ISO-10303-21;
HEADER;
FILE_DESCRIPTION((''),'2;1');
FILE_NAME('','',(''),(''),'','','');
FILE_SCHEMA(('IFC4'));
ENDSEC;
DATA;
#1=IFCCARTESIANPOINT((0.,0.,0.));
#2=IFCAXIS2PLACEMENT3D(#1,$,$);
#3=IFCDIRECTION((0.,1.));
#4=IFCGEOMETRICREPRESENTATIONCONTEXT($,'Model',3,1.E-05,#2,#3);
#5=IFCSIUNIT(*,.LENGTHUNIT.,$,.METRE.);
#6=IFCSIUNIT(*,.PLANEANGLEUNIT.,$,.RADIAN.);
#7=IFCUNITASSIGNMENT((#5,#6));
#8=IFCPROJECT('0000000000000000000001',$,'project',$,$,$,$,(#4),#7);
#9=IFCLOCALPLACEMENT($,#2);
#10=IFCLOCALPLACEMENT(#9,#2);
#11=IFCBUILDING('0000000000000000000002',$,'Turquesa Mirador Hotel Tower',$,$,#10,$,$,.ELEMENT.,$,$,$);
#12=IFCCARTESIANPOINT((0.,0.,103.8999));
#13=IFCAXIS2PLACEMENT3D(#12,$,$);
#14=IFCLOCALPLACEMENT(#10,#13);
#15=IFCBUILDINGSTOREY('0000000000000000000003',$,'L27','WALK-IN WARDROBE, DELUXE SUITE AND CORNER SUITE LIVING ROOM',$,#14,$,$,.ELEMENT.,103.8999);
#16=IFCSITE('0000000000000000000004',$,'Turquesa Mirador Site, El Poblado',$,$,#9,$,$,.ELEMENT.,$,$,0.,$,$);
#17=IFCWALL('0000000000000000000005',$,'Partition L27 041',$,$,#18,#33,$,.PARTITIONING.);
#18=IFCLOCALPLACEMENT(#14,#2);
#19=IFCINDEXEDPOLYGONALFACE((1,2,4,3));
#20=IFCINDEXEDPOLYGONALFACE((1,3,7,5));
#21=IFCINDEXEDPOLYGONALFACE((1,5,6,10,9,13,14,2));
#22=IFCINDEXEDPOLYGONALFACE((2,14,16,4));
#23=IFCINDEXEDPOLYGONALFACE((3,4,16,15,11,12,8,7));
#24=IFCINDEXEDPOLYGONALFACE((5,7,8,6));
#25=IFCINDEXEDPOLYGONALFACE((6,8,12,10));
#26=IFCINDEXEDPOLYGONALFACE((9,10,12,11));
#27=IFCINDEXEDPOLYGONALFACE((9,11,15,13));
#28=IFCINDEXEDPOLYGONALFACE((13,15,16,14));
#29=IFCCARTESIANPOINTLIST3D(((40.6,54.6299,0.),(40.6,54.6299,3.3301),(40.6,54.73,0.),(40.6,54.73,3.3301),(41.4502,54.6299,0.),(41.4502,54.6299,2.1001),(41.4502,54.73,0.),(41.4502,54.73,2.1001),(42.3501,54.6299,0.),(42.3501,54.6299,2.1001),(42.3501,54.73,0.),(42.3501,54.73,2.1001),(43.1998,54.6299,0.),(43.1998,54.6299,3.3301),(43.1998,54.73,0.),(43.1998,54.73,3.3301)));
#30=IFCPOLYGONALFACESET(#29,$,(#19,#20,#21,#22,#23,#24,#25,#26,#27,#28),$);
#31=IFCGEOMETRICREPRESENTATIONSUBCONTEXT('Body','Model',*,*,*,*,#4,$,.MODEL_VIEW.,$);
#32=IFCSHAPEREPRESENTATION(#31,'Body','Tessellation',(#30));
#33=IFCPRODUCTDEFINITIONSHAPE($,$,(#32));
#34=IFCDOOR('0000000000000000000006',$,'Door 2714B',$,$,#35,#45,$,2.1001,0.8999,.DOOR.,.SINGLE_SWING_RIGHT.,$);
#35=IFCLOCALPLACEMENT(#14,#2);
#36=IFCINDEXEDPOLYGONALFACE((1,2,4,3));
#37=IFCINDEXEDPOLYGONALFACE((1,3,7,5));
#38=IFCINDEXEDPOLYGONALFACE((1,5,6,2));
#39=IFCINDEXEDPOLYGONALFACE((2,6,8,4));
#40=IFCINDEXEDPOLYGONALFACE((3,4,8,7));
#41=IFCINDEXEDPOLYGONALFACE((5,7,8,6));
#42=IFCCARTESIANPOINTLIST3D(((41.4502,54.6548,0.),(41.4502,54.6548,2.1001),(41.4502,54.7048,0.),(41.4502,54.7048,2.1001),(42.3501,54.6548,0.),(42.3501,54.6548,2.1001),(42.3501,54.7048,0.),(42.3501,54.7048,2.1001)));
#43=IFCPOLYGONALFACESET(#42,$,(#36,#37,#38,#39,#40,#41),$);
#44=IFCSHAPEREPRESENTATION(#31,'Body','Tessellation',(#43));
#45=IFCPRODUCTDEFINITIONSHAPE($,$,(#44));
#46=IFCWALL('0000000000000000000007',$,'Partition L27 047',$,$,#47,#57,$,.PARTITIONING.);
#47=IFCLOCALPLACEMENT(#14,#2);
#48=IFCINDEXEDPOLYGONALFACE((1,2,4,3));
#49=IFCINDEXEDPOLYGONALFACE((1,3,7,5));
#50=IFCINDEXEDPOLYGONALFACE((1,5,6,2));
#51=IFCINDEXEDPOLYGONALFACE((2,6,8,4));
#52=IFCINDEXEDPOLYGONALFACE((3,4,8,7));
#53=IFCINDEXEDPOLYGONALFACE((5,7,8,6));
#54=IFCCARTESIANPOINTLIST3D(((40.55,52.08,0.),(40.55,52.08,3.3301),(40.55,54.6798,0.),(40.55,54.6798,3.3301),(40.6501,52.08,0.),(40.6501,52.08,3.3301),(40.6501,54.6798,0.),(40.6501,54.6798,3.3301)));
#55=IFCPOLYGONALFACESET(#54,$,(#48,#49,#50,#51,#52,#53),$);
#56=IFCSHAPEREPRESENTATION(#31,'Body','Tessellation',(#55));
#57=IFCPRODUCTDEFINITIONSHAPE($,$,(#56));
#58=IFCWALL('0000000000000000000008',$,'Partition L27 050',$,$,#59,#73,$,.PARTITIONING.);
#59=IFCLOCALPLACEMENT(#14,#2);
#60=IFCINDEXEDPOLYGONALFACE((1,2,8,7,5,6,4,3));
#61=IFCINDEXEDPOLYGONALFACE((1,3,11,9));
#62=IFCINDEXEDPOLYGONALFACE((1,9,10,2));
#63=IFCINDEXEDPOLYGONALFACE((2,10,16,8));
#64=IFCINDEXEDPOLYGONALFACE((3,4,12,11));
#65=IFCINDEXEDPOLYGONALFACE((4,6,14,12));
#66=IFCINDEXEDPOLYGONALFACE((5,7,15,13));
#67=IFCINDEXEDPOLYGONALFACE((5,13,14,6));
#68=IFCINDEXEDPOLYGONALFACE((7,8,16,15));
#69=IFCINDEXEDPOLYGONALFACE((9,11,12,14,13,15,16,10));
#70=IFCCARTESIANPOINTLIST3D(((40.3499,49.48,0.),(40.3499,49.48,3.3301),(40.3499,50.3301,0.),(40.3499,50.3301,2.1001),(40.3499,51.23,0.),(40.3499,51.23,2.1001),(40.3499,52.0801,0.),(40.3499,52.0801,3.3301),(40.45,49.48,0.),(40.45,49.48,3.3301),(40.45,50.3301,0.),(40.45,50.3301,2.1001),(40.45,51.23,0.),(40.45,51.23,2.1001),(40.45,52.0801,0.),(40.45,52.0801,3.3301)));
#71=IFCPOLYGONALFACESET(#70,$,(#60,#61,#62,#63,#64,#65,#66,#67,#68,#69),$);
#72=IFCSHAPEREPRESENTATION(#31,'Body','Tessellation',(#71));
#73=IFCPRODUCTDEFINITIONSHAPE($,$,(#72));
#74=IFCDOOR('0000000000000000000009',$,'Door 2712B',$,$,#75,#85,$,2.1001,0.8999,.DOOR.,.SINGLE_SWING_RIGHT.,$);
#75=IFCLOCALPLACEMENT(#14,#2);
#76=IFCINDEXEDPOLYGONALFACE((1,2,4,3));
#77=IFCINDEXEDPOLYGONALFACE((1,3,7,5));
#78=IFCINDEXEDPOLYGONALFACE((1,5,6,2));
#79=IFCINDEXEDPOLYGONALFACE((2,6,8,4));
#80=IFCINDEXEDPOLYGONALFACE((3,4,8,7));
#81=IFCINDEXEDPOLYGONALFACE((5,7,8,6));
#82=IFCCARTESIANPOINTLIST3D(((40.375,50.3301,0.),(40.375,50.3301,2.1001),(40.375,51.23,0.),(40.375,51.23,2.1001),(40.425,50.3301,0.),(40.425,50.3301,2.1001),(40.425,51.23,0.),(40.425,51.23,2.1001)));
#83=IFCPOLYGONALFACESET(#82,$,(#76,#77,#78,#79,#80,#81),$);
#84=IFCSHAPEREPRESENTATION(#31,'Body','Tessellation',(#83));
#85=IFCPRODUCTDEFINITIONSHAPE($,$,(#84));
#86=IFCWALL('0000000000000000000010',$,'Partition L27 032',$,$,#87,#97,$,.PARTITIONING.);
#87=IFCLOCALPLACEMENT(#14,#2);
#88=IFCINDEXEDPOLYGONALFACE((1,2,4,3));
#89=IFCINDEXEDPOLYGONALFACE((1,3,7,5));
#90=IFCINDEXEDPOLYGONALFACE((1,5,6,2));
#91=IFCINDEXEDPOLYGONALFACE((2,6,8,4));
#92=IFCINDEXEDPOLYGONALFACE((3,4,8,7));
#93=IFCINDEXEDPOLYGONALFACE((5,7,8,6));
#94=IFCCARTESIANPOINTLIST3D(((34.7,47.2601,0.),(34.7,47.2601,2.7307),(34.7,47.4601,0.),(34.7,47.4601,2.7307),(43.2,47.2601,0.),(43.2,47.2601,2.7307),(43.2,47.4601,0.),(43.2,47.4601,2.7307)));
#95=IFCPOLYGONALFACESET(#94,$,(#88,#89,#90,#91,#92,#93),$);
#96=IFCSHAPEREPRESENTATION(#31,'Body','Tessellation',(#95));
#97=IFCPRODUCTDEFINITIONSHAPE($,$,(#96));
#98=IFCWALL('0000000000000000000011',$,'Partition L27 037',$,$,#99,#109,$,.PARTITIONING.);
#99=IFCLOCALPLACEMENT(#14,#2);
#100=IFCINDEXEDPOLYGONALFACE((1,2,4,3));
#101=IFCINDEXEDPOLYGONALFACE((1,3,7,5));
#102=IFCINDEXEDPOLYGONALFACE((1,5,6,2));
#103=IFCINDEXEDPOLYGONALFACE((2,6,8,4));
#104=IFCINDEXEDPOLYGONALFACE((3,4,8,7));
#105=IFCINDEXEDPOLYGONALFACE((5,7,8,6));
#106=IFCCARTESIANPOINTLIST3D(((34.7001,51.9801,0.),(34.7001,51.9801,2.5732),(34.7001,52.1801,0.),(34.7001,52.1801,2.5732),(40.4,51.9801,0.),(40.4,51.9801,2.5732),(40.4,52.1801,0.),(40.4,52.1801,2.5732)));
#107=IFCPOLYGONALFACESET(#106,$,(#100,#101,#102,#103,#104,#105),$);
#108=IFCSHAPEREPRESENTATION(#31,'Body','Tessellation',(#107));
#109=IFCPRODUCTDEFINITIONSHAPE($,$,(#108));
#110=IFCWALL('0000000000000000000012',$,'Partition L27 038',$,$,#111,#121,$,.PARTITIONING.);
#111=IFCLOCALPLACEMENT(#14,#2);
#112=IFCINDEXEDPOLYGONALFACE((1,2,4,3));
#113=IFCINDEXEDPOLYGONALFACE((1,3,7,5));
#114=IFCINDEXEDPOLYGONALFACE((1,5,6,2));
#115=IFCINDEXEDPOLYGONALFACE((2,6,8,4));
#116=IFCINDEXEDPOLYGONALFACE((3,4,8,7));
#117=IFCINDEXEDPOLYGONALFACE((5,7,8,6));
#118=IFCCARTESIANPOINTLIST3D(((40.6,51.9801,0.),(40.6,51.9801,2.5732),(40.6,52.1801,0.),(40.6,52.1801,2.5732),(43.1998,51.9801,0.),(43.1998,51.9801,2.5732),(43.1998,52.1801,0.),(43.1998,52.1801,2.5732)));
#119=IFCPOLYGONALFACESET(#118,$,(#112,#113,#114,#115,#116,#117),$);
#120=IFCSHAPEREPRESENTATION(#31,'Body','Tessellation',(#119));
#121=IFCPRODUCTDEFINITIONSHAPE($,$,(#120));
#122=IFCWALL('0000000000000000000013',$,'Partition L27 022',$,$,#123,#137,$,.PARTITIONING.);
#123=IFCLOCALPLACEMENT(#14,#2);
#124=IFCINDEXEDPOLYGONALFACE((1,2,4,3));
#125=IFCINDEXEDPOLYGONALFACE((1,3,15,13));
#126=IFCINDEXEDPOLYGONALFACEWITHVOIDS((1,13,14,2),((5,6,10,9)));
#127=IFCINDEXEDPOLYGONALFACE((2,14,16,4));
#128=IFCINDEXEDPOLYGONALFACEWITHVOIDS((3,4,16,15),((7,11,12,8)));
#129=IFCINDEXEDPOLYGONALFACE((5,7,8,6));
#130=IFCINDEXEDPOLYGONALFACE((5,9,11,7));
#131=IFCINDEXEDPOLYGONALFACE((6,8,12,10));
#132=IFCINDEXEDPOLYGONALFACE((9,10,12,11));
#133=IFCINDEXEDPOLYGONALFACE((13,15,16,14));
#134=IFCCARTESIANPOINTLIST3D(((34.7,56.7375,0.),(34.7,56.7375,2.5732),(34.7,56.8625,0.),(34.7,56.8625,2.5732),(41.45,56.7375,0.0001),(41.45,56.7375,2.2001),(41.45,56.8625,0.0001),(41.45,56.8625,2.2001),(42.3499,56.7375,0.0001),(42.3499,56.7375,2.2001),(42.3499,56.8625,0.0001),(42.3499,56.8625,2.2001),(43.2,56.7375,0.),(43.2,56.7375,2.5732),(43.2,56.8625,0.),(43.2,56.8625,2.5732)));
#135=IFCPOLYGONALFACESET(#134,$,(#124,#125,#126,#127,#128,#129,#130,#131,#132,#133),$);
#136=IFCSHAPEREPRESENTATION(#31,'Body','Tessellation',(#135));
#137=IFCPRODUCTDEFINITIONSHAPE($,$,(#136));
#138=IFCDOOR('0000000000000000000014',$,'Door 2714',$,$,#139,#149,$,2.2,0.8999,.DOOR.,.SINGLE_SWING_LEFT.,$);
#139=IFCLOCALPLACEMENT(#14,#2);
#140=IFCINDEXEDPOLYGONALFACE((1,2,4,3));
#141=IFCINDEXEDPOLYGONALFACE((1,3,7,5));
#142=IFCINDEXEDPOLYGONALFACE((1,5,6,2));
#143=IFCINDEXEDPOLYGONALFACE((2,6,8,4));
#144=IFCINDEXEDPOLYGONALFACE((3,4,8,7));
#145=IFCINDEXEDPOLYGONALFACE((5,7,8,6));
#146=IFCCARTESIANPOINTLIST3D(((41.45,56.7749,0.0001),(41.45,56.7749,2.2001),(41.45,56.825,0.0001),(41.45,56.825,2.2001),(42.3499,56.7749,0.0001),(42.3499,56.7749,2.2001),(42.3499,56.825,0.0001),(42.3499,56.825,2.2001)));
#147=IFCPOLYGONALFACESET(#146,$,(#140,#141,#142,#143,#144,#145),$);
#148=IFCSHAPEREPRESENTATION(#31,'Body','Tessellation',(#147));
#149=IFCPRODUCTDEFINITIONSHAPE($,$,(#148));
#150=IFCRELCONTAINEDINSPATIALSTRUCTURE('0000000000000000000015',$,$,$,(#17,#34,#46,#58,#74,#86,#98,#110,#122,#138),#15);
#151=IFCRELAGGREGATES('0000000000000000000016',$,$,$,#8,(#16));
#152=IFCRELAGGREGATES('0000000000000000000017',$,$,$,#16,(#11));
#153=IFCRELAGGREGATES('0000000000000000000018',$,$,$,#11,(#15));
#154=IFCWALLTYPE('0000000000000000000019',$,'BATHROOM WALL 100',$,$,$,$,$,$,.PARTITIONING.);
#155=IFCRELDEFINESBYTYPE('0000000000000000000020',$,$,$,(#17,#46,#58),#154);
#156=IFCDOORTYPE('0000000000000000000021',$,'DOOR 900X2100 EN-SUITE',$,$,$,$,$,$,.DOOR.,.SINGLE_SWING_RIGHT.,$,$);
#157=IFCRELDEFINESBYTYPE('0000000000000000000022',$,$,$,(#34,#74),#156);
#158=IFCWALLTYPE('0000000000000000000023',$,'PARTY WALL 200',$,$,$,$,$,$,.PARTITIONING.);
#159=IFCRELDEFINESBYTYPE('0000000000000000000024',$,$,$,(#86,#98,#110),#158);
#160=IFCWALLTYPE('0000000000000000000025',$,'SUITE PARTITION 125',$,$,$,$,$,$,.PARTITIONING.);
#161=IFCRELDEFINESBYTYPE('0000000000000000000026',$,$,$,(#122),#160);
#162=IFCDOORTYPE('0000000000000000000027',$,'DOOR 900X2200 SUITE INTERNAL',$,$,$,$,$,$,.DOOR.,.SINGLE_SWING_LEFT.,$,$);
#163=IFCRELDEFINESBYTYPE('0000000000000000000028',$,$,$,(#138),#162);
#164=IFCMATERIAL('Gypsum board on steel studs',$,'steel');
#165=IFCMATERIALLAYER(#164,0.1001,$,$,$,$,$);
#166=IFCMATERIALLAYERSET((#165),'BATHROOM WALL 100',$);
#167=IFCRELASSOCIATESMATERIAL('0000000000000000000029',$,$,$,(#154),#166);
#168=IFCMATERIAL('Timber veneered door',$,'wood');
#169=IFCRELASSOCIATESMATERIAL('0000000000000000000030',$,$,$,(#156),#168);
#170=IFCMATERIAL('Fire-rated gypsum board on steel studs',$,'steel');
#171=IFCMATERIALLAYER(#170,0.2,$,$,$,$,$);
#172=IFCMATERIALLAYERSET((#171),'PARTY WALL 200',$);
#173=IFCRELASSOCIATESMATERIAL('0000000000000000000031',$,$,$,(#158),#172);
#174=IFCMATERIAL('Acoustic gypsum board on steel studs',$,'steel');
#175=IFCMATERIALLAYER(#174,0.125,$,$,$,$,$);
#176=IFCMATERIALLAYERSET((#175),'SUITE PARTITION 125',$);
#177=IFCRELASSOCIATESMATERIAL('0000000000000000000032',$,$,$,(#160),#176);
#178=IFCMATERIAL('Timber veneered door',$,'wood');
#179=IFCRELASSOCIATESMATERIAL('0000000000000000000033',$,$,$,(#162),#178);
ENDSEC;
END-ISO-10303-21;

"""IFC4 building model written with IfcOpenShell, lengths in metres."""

from ifc_helpers import new_model, si_unit, direction, frame, frame_2d, origin, place, context, subcontext, project, spatial, rectangle, extrude, material, layer, layer_set, type_object, element, fill, save


model = new_model("IFC4")

# Units and contexts
model_context = context("Model", 3, precision=1e-05, world=origin(), true_north=direction((0.0, 1.0)))
body_context = subcontext(model_context, "Body", "Model", "MODEL_VIEW")
ifc_project = project(units=[si_unit("LENGTHUNIT", "METRE"), si_unit("PLANEANGLEUNIT", "RADIAN")], contexts=[model_context])

# Site, building, storey
site_placement = place(None, origin())
site = spatial("IfcSite", under=ifc_project, at=site_placement, Name="Turquesa Mirador Site, El Poblado", CompositionType="ELEMENT", RefElevation=0.0)
building_placement = place(site_placement, origin())
building = spatial("IfcBuilding", under=site, at=building_placement, Name="Turquesa Mirador Hotel Tower", CompositionType="ELEMENT")
storey_placement = place(building_placement, frame((0.0, 0.0, 103.8999)))
storey = spatial("IfcBuildingStorey", under=building, at=storey_placement, Name="L27", Description="WALK-IN WARDROBE, DELUXE SUITE AND CORNER SUITE LIVING ROOM", CompositionType="ELEMENT", Elevation=103.8999)

# Shared definitions
ifc_material_1 = material(Name="Gypsum board on steel studs", Category="steel")
ifc_layer_1 = layer(ifc_material_1, 0.1001)
ifc_layer_set_1 = layer_set([ifc_layer_1], Name="BATHROOM WALL 100")
wall_type_1 = type_object("IfcWallType", Name="BATHROOM WALL 100", PredefinedType="PARTITIONING", material=ifc_layer_set_1)

# Wall, opening, door
wall_1_placement = place(storey_placement, frame((40.6001, 54.6799, 0.0), z_axis=(0.0, 0.0, 1.0), x_axis=(1.0, 0.0, 0.0)))
wall_1 = element("IfcWall", 1, at=wall_1_placement, inside=storey, type_object=wall_type_1, Name="Partition L27 041", PredefinedType="PARTITIONING", context=body_context, shape_type="SweptSolid", body=[
    extrude(rectangle(XDim=2.5999, YDim=0.1001, at=frame_2d((1.2998, 0.0))), origin(), (0.0, 0.0, 1.0), 3.3301),
])
opening_1_placement = place(wall_1_placement, frame((0.8501, 0.0, 0.0)))
opening_1 = element("IfcOpeningElement", 2, at=opening_1_placement, cuts=wall_1, PredefinedType="OPENING", context=body_context, shape_type="SweptSolid", body=[
    extrude(rectangle(XDim=0.8999, YDim=2.1001, at=frame_2d((0.45, 1.05))), frame((0.0, 0.0601, 0.0), z_axis=(0.0, -1.0, 0.0), x_axis=(1.0, 0.0, 0.0)), (0.0, 0.0, 1.0), 0.1201),
])
ifc_material_2 = material(Name="Timber veneered door", Category="wood")
door_type_1 = type_object("IfcDoorType", Name="DOOR 900X2100 EN-SUITE", OperationType="SINGLE_SWING_RIGHT", PredefinedType="DOOR", material=ifc_material_2)
door_1_placement = place(opening_1_placement, origin())
door_1 = element("IfcDoor", 3, at=door_1_placement, inside=storey, type_object=door_type_1, Name="Door 2714B", OperationType="SINGLE_SWING_RIGHT", OverallHeight=2.1001, OverallWidth=0.8999, PredefinedType="DOOR", context=body_context, shape_type="SweptSolid", body=[
    extrude(rectangle(XDim=0.8999, YDim=2.1001, at=frame_2d((0.45, 1.05))), frame((0.0, 0.0249, 0.0), z_axis=(0.0, -1.0, 0.0), x_axis=(1.0, 0.0, 0.0)), (0.0, 0.0, 1.0), 0.05),
])
fill(opening_1, door_1)

# Wall
wall_2_placement = place(storey_placement, frame((40.6001, 52.0801, 0.0), z_axis=(0.0, 0.0, 1.0), x_axis=(0.0, 1.0, 0.0)))
element("IfcWall", 4, at=wall_2_placement, inside=storey, type_object=wall_type_1, Name="Partition L27 047", PredefinedType="PARTITIONING", context=body_context, shape_type="SweptSolid", body=[
    extrude(rectangle(XDim=2.5999, YDim=0.1001, at=frame_2d((1.2998, 0.0))), origin(), (0.0, 0.0, 1.0), 3.3301),
])

# Wall, opening, door
wall_3_placement = place(storey_placement, frame((40.3999, 49.48, 0.0), z_axis=(0.0, 0.0, 1.0), x_axis=(0.0, 1.0, 0.0)))
wall_3 = element("IfcWall", 5, at=wall_3_placement, inside=storey, type_object=wall_type_1, Name="Partition L27 050", PredefinedType="PARTITIONING", context=body_context, shape_type="SweptSolid", body=[
    extrude(rectangle(XDim=2.6001, YDim=0.1001, at=frame_2d((1.3, 0.0))), origin(), (0.0, 0.0, 1.0), 3.3301),
])
opening_2_placement = place(wall_3_placement, frame((0.8501, 0.0, 0.0)))
opening_2 = element("IfcOpeningElement", 6, at=opening_2_placement, cuts=wall_3, PredefinedType="OPENING", context=body_context, shape_type="SweptSolid", body=[
    extrude(rectangle(XDim=0.8999, YDim=2.1001, at=frame_2d((0.45, 1.05))), frame((0.0, 0.0601, 0.0), z_axis=(0.0, -1.0, 0.0), x_axis=(1.0, 0.0, 0.0)), (0.0, 0.0, 1.0), 0.1201),
])
door_2_placement = place(opening_2_placement, origin())
door_2 = element("IfcDoor", 7, at=door_2_placement, inside=storey, type_object=door_type_1, Name="Door 2712B", OperationType="SINGLE_SWING_RIGHT", OverallHeight=2.1001, OverallWidth=0.8999, PredefinedType="DOOR", context=body_context, shape_type="SweptSolid", body=[
    extrude(rectangle(XDim=0.8999, YDim=2.1001, at=frame_2d((0.45, 1.05))), frame((0.0, 0.0249, 0.0), z_axis=(0.0, -1.0, 0.0), x_axis=(1.0, 0.0, 0.0)), (0.0, 0.0, 1.0), 0.05),
])
fill(opening_2, door_2)

# Walls
ifc_material_3 = material(Name="Fire-rated gypsum board on steel studs", Category="steel")
ifc_layer_2 = layer(ifc_material_3, 0.2)
ifc_layer_set_2 = layer_set([ifc_layer_2], Name="PARTY WALL 200")
wall_type_2 = type_object("IfcWallType", Name="PARTY WALL 200", PredefinedType="PARTITIONING", material=ifc_layer_set_2)
wall_4_placement = place(storey_placement, frame((34.7, 47.3601, 0.0), z_axis=(0.0, 0.0, 1.0), x_axis=(1.0, 0.0, 0.0)))
element("IfcWall", 8, at=wall_4_placement, inside=storey, type_object=wall_type_2, Name="Partition L27 032", PredefinedType="PARTITIONING", context=body_context, shape_type="SweptSolid", body=[
    extrude(rectangle(XDim=8.5, YDim=0.2, at=frame_2d((4.25, 0.0))), origin(), (0.0, 0.0, 1.0), 2.7307),
])
wall_5_placement = place(storey_placement, frame((34.7, 52.0801, 0.0), z_axis=(0.0, 0.0, 1.0), x_axis=(1.0, 0.0, 0.0)))
element("IfcWall", 9, at=wall_5_placement, inside=storey, type_object=wall_type_2, Name="Partition L27 037", PredefinedType="PARTITIONING", context=body_context, shape_type="SweptSolid", body=[
    extrude(rectangle(XDim=5.7, YDim=0.2, at=frame_2d((2.8501, 0.0))), origin(), (0.0, 0.0, 1.0), 2.5732),
])
wall_6_placement = place(storey_placement, frame((40.6001, 52.0801, 0.0), z_axis=(0.0, 0.0, 1.0), x_axis=(1.0, 0.0, 0.0)))
element("IfcWall", 10, at=wall_6_placement, inside=storey, type_object=wall_type_2, Name="Partition L27 038", PredefinedType="PARTITIONING", context=body_context, shape_type="SweptSolid", body=[
    extrude(rectangle(XDim=2.5999, YDim=0.2, at=frame_2d((1.2998, 0.0))), origin(), (0.0, 0.0, 1.0), 2.5732),
])

# Wall, opening, door
ifc_material_4 = material(Name="Acoustic gypsum board on steel studs", Category="steel")
ifc_layer_3 = layer(ifc_material_4, 0.125)
ifc_layer_set_3 = layer_set([ifc_layer_3], Name="SUITE PARTITION 125")
wall_type_3 = type_object("IfcWallType", Name="SUITE PARTITION 125", PredefinedType="PARTITIONING", material=ifc_layer_set_3)
wall_7_placement = place(storey_placement, frame((34.7, 56.8, 0.0), z_axis=(0.0, 0.0, 1.0), x_axis=(1.0, 0.0, 0.0)))
wall_7 = element("IfcWall", 11, at=wall_7_placement, inside=storey, type_object=wall_type_3, Name="Partition L27 022", PredefinedType="PARTITIONING", context=body_context, shape_type="SweptSolid", body=[
    extrude(rectangle(XDim=8.5, YDim=0.125, at=frame_2d((4.25, 0.0))), origin(), (0.0, 0.0, 1.0), 2.5732),
])
opening_3_placement = place(wall_7_placement, frame((6.75, 0.0, 0.0)))
opening_3 = element("IfcOpeningElement", 12, at=opening_3_placement, cuts=wall_7, PredefinedType="OPENING", context=body_context, shape_type="SweptSolid", body=[
    extrude(rectangle(XDim=0.8999, YDim=2.2, at=frame_2d((0.45, 1.1001))), frame((0.0, 0.0725, 0.0), z_axis=(0.0, -1.0, 0.0), x_axis=(1.0, 0.0, 0.0)), (0.0, 0.0, 1.0), 0.145),
])
ifc_material_5 = material(Name="Timber veneered door", Category="wood")
door_type_2 = type_object("IfcDoorType", Name="DOOR 900X2200 SUITE INTERNAL", OperationType="SINGLE_SWING_LEFT", PredefinedType="DOOR", material=ifc_material_5)
door_3_placement = place(opening_3_placement, origin())
door_3 = element("IfcDoor", 13, at=door_3_placement, inside=storey, type_object=door_type_2, Name="Door 2714", OperationType="SINGLE_SWING_LEFT", OverallHeight=2.2, OverallWidth=0.8999, PredefinedType="DOOR", context=body_context, shape_type="SweptSolid", body=[
    extrude(rectangle(XDim=0.8999, YDim=2.2, at=frame_2d((0.45, 1.1001))), frame((0.0, 0.0249, 0.0), z_axis=(0.0, -1.0, 0.0), x_axis=(1.0, 0.0, 0.0)), (0.0, 0.0, 1.0), 0.05),
])
fill(opening_3, door_3)

save(model, "model.ifc")
